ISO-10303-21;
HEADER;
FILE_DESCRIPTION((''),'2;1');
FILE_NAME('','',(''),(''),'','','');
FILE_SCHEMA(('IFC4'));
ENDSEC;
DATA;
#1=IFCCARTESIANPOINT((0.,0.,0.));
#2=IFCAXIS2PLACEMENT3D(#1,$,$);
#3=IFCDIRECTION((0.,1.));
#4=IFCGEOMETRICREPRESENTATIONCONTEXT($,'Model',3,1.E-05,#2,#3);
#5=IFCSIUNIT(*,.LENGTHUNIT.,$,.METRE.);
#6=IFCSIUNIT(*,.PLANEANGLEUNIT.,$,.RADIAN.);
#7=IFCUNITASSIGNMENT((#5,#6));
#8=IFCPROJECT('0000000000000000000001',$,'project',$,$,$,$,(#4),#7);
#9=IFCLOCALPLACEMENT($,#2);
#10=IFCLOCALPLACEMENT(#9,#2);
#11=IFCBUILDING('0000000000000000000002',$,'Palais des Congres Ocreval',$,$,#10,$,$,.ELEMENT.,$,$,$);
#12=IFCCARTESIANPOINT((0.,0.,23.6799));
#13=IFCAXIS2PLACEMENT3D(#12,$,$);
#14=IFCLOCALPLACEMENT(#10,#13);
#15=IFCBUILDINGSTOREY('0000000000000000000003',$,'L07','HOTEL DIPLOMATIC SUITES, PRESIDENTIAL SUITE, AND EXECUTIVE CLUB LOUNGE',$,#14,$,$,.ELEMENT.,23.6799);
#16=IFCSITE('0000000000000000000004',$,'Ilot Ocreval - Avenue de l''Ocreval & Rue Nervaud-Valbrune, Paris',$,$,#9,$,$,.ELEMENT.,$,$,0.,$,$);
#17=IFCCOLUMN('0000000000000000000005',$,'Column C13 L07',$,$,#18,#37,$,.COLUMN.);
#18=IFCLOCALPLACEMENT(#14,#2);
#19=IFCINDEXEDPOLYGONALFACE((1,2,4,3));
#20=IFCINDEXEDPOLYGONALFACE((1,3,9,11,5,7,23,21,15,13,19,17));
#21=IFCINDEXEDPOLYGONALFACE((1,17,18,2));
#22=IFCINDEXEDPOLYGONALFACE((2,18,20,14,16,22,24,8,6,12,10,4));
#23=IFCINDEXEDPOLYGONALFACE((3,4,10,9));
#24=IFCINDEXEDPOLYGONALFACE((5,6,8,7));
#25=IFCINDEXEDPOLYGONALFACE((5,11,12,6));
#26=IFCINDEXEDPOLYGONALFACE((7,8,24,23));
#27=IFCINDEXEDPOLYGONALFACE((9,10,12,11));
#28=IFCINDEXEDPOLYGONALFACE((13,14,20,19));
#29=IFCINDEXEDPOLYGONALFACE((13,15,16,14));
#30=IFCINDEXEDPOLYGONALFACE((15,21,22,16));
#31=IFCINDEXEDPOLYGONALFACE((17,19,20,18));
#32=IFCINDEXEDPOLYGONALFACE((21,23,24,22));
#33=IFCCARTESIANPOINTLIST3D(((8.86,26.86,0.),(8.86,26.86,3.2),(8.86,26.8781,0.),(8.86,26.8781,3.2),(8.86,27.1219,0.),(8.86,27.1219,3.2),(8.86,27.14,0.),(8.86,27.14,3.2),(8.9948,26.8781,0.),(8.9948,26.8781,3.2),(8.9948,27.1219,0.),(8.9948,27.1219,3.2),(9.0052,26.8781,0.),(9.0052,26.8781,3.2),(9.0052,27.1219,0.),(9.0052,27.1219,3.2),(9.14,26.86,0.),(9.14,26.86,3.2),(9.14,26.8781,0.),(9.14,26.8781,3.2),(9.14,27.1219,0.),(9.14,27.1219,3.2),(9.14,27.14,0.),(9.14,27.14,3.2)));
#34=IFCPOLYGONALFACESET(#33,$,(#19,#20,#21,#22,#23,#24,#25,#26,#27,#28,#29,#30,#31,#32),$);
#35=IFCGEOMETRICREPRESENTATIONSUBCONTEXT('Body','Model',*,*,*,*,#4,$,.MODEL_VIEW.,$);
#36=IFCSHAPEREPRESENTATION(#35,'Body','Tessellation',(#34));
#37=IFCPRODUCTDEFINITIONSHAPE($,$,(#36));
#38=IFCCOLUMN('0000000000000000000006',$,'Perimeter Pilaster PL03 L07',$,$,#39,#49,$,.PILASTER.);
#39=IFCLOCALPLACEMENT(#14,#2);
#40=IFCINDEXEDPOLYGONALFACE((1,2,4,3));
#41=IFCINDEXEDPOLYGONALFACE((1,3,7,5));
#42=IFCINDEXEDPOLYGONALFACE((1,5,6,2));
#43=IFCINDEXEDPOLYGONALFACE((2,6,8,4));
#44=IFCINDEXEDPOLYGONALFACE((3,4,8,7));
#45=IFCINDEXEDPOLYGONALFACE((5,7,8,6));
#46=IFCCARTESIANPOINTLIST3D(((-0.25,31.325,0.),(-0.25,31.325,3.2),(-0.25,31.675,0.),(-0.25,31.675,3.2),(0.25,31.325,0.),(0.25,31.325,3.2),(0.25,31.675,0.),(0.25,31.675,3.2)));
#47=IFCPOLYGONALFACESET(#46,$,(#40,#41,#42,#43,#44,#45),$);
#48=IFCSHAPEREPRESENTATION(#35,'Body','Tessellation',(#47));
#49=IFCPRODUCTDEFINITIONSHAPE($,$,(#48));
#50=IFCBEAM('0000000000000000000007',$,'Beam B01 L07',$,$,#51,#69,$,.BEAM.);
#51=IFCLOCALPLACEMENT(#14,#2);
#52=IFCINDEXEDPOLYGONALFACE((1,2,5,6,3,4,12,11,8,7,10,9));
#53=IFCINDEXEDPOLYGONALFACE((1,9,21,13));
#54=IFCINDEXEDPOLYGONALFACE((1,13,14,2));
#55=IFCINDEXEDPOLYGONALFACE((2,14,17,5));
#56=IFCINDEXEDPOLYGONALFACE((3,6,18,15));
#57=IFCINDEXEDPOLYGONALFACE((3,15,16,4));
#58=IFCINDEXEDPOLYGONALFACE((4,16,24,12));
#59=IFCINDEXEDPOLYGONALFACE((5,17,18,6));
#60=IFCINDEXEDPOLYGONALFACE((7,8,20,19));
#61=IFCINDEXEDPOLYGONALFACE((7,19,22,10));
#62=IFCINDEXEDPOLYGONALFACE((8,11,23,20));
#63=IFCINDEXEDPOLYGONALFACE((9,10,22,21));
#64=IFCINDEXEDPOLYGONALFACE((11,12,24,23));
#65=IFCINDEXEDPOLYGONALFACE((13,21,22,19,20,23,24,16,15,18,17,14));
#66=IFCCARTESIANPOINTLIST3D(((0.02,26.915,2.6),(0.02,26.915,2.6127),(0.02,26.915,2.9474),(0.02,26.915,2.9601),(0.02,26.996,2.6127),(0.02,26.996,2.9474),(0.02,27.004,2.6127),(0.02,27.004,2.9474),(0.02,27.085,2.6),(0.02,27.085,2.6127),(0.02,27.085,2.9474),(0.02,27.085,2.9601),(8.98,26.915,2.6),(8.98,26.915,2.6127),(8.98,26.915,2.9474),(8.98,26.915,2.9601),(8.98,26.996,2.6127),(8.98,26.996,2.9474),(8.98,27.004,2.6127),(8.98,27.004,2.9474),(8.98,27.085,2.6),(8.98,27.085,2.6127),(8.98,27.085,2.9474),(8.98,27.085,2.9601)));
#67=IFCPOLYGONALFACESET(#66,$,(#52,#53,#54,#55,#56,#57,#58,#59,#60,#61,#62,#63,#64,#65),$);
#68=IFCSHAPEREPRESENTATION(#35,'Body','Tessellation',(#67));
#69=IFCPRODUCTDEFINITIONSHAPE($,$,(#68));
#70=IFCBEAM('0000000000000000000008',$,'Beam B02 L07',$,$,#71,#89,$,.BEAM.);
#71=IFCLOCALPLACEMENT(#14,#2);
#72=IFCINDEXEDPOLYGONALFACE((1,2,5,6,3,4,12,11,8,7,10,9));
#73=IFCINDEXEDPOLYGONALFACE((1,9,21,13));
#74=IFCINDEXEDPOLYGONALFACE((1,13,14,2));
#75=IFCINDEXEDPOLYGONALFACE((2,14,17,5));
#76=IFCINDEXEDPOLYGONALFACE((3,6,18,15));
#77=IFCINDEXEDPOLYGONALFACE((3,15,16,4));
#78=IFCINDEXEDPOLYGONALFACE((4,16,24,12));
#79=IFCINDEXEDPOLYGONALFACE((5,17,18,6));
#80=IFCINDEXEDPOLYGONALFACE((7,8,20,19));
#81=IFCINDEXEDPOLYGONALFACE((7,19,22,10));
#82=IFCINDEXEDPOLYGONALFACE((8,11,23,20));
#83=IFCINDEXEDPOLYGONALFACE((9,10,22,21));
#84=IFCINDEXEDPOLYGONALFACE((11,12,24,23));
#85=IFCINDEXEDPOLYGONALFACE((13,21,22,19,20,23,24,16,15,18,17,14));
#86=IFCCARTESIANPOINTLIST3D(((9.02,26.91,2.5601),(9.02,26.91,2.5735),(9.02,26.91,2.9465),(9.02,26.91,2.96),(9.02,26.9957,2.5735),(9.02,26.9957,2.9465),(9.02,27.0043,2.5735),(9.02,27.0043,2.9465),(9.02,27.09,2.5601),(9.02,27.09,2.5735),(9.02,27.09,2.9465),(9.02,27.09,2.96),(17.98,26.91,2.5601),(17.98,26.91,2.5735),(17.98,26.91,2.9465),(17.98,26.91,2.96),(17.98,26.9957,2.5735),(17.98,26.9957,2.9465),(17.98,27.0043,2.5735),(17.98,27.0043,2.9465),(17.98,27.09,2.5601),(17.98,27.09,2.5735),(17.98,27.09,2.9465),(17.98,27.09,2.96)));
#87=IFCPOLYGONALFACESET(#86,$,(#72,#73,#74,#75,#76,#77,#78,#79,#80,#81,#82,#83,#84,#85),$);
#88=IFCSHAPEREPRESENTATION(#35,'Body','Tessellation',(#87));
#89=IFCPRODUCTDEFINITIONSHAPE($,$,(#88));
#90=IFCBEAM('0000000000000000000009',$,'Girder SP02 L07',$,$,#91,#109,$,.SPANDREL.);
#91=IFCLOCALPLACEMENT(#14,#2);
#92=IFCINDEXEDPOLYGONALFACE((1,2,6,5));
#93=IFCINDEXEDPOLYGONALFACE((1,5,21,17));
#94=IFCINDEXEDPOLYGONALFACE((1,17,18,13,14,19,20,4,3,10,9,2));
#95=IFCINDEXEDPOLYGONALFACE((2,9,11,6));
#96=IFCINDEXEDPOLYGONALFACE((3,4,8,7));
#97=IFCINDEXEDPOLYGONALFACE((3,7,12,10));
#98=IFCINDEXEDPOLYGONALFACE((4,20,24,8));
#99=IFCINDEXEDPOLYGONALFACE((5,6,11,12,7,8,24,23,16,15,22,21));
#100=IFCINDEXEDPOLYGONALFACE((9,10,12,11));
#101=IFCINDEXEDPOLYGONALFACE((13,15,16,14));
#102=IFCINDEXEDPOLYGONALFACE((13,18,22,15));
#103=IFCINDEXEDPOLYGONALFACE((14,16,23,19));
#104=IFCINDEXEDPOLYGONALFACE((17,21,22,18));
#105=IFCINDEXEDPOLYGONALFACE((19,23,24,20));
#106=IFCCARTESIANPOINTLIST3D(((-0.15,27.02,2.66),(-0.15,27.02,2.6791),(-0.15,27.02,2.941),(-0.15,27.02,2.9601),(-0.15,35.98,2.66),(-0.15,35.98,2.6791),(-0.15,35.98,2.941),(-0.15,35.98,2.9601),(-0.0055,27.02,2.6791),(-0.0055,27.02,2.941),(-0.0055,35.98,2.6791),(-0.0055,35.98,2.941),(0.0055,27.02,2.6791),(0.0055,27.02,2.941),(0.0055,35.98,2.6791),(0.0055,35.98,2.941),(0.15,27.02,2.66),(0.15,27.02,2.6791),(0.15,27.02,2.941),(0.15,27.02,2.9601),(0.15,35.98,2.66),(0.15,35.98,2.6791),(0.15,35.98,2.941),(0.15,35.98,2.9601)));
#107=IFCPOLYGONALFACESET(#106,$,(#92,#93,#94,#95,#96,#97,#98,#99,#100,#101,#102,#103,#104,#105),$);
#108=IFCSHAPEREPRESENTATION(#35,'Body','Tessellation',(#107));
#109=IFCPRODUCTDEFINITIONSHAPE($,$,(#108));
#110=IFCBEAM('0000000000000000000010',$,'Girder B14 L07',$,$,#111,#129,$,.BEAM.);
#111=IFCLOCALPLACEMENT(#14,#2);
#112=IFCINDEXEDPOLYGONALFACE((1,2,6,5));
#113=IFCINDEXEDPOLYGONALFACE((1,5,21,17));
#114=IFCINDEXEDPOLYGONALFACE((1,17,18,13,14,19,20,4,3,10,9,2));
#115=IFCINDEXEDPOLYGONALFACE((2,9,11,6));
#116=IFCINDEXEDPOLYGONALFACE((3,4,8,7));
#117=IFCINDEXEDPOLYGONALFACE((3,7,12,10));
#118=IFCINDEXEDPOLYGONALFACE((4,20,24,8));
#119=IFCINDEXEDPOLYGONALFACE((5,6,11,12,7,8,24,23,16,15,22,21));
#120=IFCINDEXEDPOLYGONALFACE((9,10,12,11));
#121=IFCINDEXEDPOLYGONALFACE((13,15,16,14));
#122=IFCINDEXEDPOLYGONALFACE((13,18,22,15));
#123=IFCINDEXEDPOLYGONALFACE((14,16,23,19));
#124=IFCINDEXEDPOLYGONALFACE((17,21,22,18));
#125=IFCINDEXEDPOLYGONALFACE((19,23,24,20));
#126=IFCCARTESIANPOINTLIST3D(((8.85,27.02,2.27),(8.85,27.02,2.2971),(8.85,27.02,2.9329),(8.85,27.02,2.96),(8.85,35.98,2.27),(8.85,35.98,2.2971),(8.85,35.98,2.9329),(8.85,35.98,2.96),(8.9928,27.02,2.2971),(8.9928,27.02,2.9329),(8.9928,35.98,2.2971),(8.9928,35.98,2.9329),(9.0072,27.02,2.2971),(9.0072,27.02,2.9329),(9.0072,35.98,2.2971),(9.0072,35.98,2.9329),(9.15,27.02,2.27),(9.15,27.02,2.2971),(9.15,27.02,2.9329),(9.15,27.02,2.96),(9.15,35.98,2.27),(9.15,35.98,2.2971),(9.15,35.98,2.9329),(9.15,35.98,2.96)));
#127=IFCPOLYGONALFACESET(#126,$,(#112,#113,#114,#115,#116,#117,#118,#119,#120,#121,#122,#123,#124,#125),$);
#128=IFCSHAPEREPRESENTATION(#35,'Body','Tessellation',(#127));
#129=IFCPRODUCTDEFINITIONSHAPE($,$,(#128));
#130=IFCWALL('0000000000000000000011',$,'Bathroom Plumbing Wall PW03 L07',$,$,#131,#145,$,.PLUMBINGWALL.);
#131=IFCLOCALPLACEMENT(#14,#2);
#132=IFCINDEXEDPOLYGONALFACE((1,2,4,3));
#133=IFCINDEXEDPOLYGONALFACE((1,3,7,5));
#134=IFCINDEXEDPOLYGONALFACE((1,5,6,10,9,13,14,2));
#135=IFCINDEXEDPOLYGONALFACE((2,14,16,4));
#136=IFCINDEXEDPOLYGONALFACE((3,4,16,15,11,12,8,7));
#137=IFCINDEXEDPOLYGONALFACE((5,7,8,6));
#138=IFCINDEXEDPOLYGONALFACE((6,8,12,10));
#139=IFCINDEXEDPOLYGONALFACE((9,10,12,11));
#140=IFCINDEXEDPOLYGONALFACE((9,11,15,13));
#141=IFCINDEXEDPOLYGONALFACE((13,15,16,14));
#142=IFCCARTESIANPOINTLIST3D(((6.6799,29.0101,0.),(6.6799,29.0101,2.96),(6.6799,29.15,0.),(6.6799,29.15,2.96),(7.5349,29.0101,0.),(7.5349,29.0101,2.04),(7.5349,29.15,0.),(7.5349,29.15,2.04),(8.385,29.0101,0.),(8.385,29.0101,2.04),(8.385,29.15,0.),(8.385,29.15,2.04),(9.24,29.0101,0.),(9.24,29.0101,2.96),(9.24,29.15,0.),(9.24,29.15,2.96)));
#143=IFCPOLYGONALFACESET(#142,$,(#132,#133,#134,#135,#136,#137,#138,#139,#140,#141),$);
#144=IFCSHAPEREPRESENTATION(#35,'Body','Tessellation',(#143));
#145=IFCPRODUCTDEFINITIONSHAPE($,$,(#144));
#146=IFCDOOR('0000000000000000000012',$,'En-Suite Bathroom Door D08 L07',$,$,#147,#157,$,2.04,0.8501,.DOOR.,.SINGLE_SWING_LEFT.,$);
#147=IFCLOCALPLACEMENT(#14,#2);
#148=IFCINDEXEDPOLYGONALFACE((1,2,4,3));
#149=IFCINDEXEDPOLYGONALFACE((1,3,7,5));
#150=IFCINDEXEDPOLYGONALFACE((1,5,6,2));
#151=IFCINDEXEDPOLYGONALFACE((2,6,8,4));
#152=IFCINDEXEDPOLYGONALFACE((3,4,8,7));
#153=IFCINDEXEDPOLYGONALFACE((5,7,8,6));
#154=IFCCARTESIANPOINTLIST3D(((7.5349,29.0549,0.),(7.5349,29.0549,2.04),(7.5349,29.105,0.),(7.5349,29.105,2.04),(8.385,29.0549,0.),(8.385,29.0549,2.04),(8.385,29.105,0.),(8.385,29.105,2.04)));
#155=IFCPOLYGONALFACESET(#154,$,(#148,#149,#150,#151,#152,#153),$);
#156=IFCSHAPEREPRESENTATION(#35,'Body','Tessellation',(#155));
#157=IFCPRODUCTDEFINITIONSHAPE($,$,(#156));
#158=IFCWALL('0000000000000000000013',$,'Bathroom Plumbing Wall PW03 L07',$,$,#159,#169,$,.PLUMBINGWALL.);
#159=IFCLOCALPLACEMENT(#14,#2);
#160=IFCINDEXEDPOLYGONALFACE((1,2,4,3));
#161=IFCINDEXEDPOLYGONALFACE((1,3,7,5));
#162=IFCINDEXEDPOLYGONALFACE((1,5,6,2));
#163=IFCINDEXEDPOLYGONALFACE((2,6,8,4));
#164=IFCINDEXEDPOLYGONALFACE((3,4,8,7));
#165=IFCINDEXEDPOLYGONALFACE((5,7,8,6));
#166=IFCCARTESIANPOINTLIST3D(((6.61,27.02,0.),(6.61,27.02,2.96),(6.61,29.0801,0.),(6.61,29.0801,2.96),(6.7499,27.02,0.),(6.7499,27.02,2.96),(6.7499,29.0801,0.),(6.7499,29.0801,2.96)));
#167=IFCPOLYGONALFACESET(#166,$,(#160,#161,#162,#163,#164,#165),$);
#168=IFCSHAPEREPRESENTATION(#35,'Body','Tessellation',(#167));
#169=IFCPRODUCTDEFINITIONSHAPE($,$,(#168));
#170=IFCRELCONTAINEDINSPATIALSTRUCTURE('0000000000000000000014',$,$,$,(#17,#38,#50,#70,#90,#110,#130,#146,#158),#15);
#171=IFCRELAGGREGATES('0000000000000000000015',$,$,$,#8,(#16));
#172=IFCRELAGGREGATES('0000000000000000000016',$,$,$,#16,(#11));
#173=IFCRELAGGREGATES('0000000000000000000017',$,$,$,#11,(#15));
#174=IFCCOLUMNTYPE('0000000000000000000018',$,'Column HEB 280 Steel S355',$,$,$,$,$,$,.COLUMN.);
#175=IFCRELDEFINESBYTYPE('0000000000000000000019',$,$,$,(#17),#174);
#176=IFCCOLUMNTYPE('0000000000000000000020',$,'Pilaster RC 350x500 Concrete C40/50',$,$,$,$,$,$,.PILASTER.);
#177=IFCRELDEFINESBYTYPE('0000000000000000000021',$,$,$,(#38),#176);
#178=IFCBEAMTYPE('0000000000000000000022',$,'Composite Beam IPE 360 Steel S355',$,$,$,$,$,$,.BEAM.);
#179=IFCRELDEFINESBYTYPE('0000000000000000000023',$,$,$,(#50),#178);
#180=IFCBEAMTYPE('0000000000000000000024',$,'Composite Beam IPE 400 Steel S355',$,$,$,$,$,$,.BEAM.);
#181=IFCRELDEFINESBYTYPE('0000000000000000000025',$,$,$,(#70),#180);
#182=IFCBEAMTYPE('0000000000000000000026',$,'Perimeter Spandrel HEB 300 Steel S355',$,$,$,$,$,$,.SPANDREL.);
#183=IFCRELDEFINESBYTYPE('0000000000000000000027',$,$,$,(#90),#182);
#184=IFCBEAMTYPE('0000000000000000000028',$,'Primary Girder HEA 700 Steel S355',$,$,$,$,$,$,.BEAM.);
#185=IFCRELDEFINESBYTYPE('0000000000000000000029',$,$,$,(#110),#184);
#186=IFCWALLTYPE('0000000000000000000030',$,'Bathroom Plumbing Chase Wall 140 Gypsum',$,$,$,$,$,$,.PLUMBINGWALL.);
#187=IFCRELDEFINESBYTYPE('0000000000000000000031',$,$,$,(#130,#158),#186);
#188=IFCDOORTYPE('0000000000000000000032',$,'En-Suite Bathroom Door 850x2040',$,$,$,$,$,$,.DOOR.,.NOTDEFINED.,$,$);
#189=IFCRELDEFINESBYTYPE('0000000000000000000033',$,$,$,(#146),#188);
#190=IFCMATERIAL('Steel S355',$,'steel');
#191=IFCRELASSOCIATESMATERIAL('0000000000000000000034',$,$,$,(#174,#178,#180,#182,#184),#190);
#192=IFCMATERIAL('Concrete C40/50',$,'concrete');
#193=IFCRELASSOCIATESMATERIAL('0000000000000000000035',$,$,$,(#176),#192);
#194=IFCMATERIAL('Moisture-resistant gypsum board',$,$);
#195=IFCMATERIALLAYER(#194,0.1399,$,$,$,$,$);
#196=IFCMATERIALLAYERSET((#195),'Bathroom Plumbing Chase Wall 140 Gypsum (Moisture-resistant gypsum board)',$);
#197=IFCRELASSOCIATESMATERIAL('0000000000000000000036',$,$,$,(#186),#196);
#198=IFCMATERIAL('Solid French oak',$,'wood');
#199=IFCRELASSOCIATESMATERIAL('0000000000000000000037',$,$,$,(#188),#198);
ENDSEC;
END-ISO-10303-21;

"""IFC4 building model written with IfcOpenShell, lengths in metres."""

from ifc_helpers import new_model, si_unit, direction, frame, frame_2d, origin, origin_2d, place, context, subcontext, project, spatial, rectangle, i_section, extrude, material, layer, layer_set, material_profile, profile_set, type_object, element, fill, save


model = new_model("IFC4")

# Units and contexts
model_context = context("Model", 3, precision=1e-05, world=origin(), true_north=direction((0.0, 1.0)))
body_context = subcontext(model_context, "Body", "Model", "MODEL_VIEW")
ifc_project = project(units=[si_unit("LENGTHUNIT", "METRE"), si_unit("PLANEANGLEUNIT", "RADIAN")], contexts=[model_context])

# Site, building, storey
site_placement = place(None, origin())
site = spatial("IfcSite", under=ifc_project, at=site_placement, Name="Ilot Ocreval - Avenue de l'Ocreval & Rue Nervaud-Valbrune, Paris", CompositionType="ELEMENT", RefElevation=0.0)
building_placement = place(site_placement, origin())
building = spatial("IfcBuilding", under=site, at=building_placement, Name="Palais des Congres Ocreval", CompositionType="ELEMENT")
storey_placement = place(building_placement, frame((0.0, 0.0, 23.6799)))
storey = spatial("IfcBuildingStorey", under=building, at=storey_placement, Name="L07", Description="HOTEL DIPLOMATIC SUITES, PRESIDENTIAL SUITE, AND EXECUTIVE CLUB LOUNGE", CompositionType="ELEMENT", Elevation=23.6799)

# Columns
ifc_material_1 = material(Name="Steel S355", Category="steel")
ifc_material_profile_1 = material_profile(ifc_material_1, i_section(OverallWidth=0.28, OverallDepth=0.28, WebThickness=0.0105, FlangeThickness=0.0181, at=origin_2d()), Name="HEB 280")
ifc_profile_set_1 = profile_set([ifc_material_profile_1], Name="Steel S355")
column_type_1 = type_object("IfcColumnType", Name="Column HEB 280 Steel S355", PredefinedType="COLUMN", material=ifc_profile_set_1)
column_1_placement = place(storey_placement, frame((9.0, 27.0, 0.0), z_axis=(0.0, 0.0, 1.0), x_axis=(1.0, 0.0, 0.0)))
element("IfcColumn", 1, at=column_1_placement, inside=storey, type_object=column_type_1, Name="Column C13 L07", PredefinedType="COLUMN", context=body_context, shape_type="SweptSolid", body=[
    extrude(i_section(OverallWidth=0.28, OverallDepth=0.28, WebThickness=0.0105, FlangeThickness=0.0181, at=origin_2d()), origin(), (0.0, 0.0, 1.0), 3.2),
])
ifc_material_2 = material(Name="Concrete C40/50", Category="concrete")
ifc_material_profile_2 = material_profile(ifc_material_2, rectangle(XDim=0.3501, YDim=0.5, at=origin_2d()), Name="RC 350x500")
ifc_profile_set_2 = profile_set([ifc_material_profile_2], Name="Concrete C40/50")
column_type_2 = type_object("IfcColumnType", Name="Pilaster RC 350x500 Concrete C40/50", PredefinedType="PILASTER", material=ifc_profile_set_2)
column_2_placement = place(storey_placement, frame((0.0, 31.5, 0.0), z_axis=(0.0, 0.0, 1.0), x_axis=(0.0, 1.0, 0.0)))
element("IfcColumn", 2, at=column_2_placement, inside=storey, type_object=column_type_2, Name="Perimeter Pilaster PL03 L07", PredefinedType="PILASTER", context=body_context, shape_type="SweptSolid", body=[
    extrude(rectangle(XDim=0.3501, YDim=0.5, at=origin_2d()), origin(), (0.0, 0.0, 1.0), 3.2),
])

# Beams
ifc_material_profile_3 = material_profile(ifc_material_1, i_section(OverallWidth=0.1699, OverallDepth=0.3601, WebThickness=0.0081, FlangeThickness=0.0127, at=origin_2d()), Name="IPE 360")
ifc_profile_set_3 = profile_set([ifc_material_profile_3], Name="Steel S355")
beam_type_1 = type_object("IfcBeamType", Name="Composite Beam IPE 360 Steel S355", PredefinedType="BEAM", material=ifc_profile_set_3)
beam_1_placement = place(storey_placement, frame((0.02, 27.0, 2.78), z_axis=(1.0, 0.0, 0.0), x_axis=(0.0, 1.0, 0.0)))
element("IfcBeam", 3, at=beam_1_placement, inside=storey, type_object=beam_type_1, Name="Beam B01 L07", PredefinedType="BEAM", context=body_context, shape_type="SweptSolid", body=[
    extrude(i_section(OverallWidth=0.1699, OverallDepth=0.3601, WebThickness=0.0081, FlangeThickness=0.0127, at=origin_2d()), origin(), (0.0, 0.0, 1.0), 8.96),
])
ifc_material_profile_4 = material_profile(ifc_material_1, i_section(OverallWidth=0.1799, OverallDepth=0.3999, WebThickness=0.0085, FlangeThickness=0.0134, at=origin_2d()), Name="IPE 400")
ifc_profile_set_4 = profile_set([ifc_material_profile_4], Name="Steel S355")
beam_type_2 = type_object("IfcBeamType", Name="Composite Beam IPE 400 Steel S355", PredefinedType="BEAM", material=ifc_profile_set_4)
beam_2_placement = place(storey_placement, frame((9.02, 27.0, 2.76), z_axis=(1.0, 0.0, 0.0), x_axis=(0.0, 1.0, 0.0)))
element("IfcBeam", 4, at=beam_2_placement, inside=storey, type_object=beam_type_2, Name="Beam B02 L07", PredefinedType="BEAM", context=body_context, shape_type="SweptSolid", body=[
    extrude(i_section(OverallWidth=0.1799, OverallDepth=0.3999, WebThickness=0.0085, FlangeThickness=0.0134, at=origin_2d()), origin(), (0.0, 0.0, 1.0), 8.96),
])
ifc_material_profile_5 = material_profile(ifc_material_1, i_section(OverallWidth=0.3, OverallDepth=0.3, WebThickness=0.011, FlangeThickness=0.019, at=origin_2d()), Name="HEB 300")
ifc_profile_set_5 = profile_set([ifc_material_profile_5], Name="Steel S355")
beam_type_3 = type_object("IfcBeamType", Name="Perimeter Spandrel HEB 300 Steel S355", PredefinedType="SPANDREL", material=ifc_profile_set_5)
beam_3_placement = place(storey_placement, frame((0.0, 27.02, 2.8101), z_axis=(0.0, 1.0, 0.0), x_axis=(-1.0, 0.0, 0.0)))
element("IfcBeam", 5, at=beam_3_placement, inside=storey, type_object=beam_type_3, Name="Girder SP02 L07", PredefinedType="SPANDREL", context=body_context, shape_type="SweptSolid", body=[
    extrude(i_section(OverallWidth=0.3, OverallDepth=0.3, WebThickness=0.011, FlangeThickness=0.019, at=origin_2d()), origin(), (0.0, 0.0, 1.0), 8.96),
])
ifc_material_profile_6 = material_profile(ifc_material_1, i_section(OverallWidth=0.3, OverallDepth=0.6899, WebThickness=0.0144, FlangeThickness=0.0271, at=origin_2d()), Name="HEA 700")
ifc_profile_set_6 = profile_set([ifc_material_profile_6], Name="Steel S355")
beam_type_4 = type_object("IfcBeamType", Name="Primary Girder HEA 700 Steel S355", PredefinedType="BEAM", material=ifc_profile_set_6)
beam_4_placement = place(storey_placement, frame((9.0, 27.02, 2.615), z_axis=(0.0, 1.0, 0.0), x_axis=(-1.0, 0.0, 0.0)))
element("IfcBeam", 6, at=beam_4_placement, inside=storey, type_object=beam_type_4, Name="Girder B14 L07", PredefinedType="BEAM", context=body_context, shape_type="SweptSolid", body=[
    extrude(i_section(OverallWidth=0.3, OverallDepth=0.6899, WebThickness=0.0144, FlangeThickness=0.0271, at=origin_2d()), origin(), (0.0, 0.0, 1.0), 8.96),
])

# Wall, opening, door
ifc_material_3 = material(Name="Moisture-resistant gypsum board")
ifc_layer_1 = layer(ifc_material_3, 0.1399)
ifc_layer_set_1 = layer_set([ifc_layer_1], Name="Bathroom Plumbing Chase Wall 140 Gypsum (Moisture-resistant gypsum board)")
wall_type_1 = type_object("IfcWallType", Name="Bathroom Plumbing Chase Wall 140 Gypsum", PredefinedType="PLUMBINGWALL", material=ifc_layer_set_1)
wall_1_placement = place(storey_placement, frame((6.6799, 29.0801, 0.0), z_axis=(0.0, 0.0, 1.0), x_axis=(1.0, 0.0, 0.0)))
wall_1 = element("IfcWall", 7, at=wall_1_placement, inside=storey, type_object=wall_type_1, Name="Bathroom Plumbing Wall PW03 L07", PredefinedType="PLUMBINGWALL", context=body_context, shape_type="SweptSolid", body=[
    extrude(rectangle(XDim=2.5601, YDim=0.1399, at=frame_2d((1.28, 0.0))), origin(), (0.0, 0.0, 1.0), 2.96),
])
opening_1_placement = place(wall_1_placement, frame((0.855, 0.0, 0.0)))
opening_1 = element("IfcOpeningElement", 8, at=opening_1_placement, cuts=wall_1, PredefinedType="OPENING", context=body_context, shape_type="SweptSolid", body=[
    extrude(rectangle(XDim=0.8501, YDim=2.04, at=frame_2d((0.425, 1.02))), frame((0.0, 0.0798, 0.0), z_axis=(0.0, -1.0, 0.0), x_axis=(1.0, 0.0, 0.0)), (0.0, 0.0, 1.0), 0.1599),
])
ifc_material_4 = material(Name="Solid French oak", Category="wood")
door_type_1 = type_object("IfcDoorType", Name="En-Suite Bathroom Door 850x2040", OperationType="NOTDEFINED", PredefinedType="DOOR", material=ifc_material_4)
door_1_placement = place(opening_1_placement, origin())
door_1 = element("IfcDoor", 9, at=door_1_placement, inside=storey, type_object=door_type_1, Name="En-Suite Bathroom Door D08 L07", OperationType="SINGLE_SWING_LEFT", OverallHeight=2.04, OverallWidth=0.8501, PredefinedType="DOOR", context=body_context, shape_type="SweptSolid", body=[
    extrude(rectangle(XDim=0.8501, YDim=2.04, at=frame_2d((0.425, 1.02))), frame((0.0, 0.0249, 0.0), z_axis=(0.0, -1.0, 0.0), x_axis=(1.0, 0.0, 0.0)), (0.0, 0.0, 1.0), 0.05),
])
fill(opening_1, door_1)

# Wall
for number, where, z_axis, x_axis, name in (
    (10, (6.6799, 27.02, 0.0), (0.0, 0.0, 1.0), (0.0, 1.0, 0.0), "Bathroom Plumbing Wall PW03 L07"),
):
    element("IfcWall", number, at=place(storey_placement, frame(where, z_axis=z_axis, x_axis=x_axis)), inside=storey, type_object=wall_type_1, Name=name, PredefinedType="PLUMBINGWALL", context=body_context, shape_type="SweptSolid", body=[
        extrude(rectangle(XDim=2.0601, YDim=0.1399, at=frame_2d((1.03, 0.0))), origin(), (0.0, 0.0, 1.0), 2.96),
    ])

save(model, "model.ifc")
